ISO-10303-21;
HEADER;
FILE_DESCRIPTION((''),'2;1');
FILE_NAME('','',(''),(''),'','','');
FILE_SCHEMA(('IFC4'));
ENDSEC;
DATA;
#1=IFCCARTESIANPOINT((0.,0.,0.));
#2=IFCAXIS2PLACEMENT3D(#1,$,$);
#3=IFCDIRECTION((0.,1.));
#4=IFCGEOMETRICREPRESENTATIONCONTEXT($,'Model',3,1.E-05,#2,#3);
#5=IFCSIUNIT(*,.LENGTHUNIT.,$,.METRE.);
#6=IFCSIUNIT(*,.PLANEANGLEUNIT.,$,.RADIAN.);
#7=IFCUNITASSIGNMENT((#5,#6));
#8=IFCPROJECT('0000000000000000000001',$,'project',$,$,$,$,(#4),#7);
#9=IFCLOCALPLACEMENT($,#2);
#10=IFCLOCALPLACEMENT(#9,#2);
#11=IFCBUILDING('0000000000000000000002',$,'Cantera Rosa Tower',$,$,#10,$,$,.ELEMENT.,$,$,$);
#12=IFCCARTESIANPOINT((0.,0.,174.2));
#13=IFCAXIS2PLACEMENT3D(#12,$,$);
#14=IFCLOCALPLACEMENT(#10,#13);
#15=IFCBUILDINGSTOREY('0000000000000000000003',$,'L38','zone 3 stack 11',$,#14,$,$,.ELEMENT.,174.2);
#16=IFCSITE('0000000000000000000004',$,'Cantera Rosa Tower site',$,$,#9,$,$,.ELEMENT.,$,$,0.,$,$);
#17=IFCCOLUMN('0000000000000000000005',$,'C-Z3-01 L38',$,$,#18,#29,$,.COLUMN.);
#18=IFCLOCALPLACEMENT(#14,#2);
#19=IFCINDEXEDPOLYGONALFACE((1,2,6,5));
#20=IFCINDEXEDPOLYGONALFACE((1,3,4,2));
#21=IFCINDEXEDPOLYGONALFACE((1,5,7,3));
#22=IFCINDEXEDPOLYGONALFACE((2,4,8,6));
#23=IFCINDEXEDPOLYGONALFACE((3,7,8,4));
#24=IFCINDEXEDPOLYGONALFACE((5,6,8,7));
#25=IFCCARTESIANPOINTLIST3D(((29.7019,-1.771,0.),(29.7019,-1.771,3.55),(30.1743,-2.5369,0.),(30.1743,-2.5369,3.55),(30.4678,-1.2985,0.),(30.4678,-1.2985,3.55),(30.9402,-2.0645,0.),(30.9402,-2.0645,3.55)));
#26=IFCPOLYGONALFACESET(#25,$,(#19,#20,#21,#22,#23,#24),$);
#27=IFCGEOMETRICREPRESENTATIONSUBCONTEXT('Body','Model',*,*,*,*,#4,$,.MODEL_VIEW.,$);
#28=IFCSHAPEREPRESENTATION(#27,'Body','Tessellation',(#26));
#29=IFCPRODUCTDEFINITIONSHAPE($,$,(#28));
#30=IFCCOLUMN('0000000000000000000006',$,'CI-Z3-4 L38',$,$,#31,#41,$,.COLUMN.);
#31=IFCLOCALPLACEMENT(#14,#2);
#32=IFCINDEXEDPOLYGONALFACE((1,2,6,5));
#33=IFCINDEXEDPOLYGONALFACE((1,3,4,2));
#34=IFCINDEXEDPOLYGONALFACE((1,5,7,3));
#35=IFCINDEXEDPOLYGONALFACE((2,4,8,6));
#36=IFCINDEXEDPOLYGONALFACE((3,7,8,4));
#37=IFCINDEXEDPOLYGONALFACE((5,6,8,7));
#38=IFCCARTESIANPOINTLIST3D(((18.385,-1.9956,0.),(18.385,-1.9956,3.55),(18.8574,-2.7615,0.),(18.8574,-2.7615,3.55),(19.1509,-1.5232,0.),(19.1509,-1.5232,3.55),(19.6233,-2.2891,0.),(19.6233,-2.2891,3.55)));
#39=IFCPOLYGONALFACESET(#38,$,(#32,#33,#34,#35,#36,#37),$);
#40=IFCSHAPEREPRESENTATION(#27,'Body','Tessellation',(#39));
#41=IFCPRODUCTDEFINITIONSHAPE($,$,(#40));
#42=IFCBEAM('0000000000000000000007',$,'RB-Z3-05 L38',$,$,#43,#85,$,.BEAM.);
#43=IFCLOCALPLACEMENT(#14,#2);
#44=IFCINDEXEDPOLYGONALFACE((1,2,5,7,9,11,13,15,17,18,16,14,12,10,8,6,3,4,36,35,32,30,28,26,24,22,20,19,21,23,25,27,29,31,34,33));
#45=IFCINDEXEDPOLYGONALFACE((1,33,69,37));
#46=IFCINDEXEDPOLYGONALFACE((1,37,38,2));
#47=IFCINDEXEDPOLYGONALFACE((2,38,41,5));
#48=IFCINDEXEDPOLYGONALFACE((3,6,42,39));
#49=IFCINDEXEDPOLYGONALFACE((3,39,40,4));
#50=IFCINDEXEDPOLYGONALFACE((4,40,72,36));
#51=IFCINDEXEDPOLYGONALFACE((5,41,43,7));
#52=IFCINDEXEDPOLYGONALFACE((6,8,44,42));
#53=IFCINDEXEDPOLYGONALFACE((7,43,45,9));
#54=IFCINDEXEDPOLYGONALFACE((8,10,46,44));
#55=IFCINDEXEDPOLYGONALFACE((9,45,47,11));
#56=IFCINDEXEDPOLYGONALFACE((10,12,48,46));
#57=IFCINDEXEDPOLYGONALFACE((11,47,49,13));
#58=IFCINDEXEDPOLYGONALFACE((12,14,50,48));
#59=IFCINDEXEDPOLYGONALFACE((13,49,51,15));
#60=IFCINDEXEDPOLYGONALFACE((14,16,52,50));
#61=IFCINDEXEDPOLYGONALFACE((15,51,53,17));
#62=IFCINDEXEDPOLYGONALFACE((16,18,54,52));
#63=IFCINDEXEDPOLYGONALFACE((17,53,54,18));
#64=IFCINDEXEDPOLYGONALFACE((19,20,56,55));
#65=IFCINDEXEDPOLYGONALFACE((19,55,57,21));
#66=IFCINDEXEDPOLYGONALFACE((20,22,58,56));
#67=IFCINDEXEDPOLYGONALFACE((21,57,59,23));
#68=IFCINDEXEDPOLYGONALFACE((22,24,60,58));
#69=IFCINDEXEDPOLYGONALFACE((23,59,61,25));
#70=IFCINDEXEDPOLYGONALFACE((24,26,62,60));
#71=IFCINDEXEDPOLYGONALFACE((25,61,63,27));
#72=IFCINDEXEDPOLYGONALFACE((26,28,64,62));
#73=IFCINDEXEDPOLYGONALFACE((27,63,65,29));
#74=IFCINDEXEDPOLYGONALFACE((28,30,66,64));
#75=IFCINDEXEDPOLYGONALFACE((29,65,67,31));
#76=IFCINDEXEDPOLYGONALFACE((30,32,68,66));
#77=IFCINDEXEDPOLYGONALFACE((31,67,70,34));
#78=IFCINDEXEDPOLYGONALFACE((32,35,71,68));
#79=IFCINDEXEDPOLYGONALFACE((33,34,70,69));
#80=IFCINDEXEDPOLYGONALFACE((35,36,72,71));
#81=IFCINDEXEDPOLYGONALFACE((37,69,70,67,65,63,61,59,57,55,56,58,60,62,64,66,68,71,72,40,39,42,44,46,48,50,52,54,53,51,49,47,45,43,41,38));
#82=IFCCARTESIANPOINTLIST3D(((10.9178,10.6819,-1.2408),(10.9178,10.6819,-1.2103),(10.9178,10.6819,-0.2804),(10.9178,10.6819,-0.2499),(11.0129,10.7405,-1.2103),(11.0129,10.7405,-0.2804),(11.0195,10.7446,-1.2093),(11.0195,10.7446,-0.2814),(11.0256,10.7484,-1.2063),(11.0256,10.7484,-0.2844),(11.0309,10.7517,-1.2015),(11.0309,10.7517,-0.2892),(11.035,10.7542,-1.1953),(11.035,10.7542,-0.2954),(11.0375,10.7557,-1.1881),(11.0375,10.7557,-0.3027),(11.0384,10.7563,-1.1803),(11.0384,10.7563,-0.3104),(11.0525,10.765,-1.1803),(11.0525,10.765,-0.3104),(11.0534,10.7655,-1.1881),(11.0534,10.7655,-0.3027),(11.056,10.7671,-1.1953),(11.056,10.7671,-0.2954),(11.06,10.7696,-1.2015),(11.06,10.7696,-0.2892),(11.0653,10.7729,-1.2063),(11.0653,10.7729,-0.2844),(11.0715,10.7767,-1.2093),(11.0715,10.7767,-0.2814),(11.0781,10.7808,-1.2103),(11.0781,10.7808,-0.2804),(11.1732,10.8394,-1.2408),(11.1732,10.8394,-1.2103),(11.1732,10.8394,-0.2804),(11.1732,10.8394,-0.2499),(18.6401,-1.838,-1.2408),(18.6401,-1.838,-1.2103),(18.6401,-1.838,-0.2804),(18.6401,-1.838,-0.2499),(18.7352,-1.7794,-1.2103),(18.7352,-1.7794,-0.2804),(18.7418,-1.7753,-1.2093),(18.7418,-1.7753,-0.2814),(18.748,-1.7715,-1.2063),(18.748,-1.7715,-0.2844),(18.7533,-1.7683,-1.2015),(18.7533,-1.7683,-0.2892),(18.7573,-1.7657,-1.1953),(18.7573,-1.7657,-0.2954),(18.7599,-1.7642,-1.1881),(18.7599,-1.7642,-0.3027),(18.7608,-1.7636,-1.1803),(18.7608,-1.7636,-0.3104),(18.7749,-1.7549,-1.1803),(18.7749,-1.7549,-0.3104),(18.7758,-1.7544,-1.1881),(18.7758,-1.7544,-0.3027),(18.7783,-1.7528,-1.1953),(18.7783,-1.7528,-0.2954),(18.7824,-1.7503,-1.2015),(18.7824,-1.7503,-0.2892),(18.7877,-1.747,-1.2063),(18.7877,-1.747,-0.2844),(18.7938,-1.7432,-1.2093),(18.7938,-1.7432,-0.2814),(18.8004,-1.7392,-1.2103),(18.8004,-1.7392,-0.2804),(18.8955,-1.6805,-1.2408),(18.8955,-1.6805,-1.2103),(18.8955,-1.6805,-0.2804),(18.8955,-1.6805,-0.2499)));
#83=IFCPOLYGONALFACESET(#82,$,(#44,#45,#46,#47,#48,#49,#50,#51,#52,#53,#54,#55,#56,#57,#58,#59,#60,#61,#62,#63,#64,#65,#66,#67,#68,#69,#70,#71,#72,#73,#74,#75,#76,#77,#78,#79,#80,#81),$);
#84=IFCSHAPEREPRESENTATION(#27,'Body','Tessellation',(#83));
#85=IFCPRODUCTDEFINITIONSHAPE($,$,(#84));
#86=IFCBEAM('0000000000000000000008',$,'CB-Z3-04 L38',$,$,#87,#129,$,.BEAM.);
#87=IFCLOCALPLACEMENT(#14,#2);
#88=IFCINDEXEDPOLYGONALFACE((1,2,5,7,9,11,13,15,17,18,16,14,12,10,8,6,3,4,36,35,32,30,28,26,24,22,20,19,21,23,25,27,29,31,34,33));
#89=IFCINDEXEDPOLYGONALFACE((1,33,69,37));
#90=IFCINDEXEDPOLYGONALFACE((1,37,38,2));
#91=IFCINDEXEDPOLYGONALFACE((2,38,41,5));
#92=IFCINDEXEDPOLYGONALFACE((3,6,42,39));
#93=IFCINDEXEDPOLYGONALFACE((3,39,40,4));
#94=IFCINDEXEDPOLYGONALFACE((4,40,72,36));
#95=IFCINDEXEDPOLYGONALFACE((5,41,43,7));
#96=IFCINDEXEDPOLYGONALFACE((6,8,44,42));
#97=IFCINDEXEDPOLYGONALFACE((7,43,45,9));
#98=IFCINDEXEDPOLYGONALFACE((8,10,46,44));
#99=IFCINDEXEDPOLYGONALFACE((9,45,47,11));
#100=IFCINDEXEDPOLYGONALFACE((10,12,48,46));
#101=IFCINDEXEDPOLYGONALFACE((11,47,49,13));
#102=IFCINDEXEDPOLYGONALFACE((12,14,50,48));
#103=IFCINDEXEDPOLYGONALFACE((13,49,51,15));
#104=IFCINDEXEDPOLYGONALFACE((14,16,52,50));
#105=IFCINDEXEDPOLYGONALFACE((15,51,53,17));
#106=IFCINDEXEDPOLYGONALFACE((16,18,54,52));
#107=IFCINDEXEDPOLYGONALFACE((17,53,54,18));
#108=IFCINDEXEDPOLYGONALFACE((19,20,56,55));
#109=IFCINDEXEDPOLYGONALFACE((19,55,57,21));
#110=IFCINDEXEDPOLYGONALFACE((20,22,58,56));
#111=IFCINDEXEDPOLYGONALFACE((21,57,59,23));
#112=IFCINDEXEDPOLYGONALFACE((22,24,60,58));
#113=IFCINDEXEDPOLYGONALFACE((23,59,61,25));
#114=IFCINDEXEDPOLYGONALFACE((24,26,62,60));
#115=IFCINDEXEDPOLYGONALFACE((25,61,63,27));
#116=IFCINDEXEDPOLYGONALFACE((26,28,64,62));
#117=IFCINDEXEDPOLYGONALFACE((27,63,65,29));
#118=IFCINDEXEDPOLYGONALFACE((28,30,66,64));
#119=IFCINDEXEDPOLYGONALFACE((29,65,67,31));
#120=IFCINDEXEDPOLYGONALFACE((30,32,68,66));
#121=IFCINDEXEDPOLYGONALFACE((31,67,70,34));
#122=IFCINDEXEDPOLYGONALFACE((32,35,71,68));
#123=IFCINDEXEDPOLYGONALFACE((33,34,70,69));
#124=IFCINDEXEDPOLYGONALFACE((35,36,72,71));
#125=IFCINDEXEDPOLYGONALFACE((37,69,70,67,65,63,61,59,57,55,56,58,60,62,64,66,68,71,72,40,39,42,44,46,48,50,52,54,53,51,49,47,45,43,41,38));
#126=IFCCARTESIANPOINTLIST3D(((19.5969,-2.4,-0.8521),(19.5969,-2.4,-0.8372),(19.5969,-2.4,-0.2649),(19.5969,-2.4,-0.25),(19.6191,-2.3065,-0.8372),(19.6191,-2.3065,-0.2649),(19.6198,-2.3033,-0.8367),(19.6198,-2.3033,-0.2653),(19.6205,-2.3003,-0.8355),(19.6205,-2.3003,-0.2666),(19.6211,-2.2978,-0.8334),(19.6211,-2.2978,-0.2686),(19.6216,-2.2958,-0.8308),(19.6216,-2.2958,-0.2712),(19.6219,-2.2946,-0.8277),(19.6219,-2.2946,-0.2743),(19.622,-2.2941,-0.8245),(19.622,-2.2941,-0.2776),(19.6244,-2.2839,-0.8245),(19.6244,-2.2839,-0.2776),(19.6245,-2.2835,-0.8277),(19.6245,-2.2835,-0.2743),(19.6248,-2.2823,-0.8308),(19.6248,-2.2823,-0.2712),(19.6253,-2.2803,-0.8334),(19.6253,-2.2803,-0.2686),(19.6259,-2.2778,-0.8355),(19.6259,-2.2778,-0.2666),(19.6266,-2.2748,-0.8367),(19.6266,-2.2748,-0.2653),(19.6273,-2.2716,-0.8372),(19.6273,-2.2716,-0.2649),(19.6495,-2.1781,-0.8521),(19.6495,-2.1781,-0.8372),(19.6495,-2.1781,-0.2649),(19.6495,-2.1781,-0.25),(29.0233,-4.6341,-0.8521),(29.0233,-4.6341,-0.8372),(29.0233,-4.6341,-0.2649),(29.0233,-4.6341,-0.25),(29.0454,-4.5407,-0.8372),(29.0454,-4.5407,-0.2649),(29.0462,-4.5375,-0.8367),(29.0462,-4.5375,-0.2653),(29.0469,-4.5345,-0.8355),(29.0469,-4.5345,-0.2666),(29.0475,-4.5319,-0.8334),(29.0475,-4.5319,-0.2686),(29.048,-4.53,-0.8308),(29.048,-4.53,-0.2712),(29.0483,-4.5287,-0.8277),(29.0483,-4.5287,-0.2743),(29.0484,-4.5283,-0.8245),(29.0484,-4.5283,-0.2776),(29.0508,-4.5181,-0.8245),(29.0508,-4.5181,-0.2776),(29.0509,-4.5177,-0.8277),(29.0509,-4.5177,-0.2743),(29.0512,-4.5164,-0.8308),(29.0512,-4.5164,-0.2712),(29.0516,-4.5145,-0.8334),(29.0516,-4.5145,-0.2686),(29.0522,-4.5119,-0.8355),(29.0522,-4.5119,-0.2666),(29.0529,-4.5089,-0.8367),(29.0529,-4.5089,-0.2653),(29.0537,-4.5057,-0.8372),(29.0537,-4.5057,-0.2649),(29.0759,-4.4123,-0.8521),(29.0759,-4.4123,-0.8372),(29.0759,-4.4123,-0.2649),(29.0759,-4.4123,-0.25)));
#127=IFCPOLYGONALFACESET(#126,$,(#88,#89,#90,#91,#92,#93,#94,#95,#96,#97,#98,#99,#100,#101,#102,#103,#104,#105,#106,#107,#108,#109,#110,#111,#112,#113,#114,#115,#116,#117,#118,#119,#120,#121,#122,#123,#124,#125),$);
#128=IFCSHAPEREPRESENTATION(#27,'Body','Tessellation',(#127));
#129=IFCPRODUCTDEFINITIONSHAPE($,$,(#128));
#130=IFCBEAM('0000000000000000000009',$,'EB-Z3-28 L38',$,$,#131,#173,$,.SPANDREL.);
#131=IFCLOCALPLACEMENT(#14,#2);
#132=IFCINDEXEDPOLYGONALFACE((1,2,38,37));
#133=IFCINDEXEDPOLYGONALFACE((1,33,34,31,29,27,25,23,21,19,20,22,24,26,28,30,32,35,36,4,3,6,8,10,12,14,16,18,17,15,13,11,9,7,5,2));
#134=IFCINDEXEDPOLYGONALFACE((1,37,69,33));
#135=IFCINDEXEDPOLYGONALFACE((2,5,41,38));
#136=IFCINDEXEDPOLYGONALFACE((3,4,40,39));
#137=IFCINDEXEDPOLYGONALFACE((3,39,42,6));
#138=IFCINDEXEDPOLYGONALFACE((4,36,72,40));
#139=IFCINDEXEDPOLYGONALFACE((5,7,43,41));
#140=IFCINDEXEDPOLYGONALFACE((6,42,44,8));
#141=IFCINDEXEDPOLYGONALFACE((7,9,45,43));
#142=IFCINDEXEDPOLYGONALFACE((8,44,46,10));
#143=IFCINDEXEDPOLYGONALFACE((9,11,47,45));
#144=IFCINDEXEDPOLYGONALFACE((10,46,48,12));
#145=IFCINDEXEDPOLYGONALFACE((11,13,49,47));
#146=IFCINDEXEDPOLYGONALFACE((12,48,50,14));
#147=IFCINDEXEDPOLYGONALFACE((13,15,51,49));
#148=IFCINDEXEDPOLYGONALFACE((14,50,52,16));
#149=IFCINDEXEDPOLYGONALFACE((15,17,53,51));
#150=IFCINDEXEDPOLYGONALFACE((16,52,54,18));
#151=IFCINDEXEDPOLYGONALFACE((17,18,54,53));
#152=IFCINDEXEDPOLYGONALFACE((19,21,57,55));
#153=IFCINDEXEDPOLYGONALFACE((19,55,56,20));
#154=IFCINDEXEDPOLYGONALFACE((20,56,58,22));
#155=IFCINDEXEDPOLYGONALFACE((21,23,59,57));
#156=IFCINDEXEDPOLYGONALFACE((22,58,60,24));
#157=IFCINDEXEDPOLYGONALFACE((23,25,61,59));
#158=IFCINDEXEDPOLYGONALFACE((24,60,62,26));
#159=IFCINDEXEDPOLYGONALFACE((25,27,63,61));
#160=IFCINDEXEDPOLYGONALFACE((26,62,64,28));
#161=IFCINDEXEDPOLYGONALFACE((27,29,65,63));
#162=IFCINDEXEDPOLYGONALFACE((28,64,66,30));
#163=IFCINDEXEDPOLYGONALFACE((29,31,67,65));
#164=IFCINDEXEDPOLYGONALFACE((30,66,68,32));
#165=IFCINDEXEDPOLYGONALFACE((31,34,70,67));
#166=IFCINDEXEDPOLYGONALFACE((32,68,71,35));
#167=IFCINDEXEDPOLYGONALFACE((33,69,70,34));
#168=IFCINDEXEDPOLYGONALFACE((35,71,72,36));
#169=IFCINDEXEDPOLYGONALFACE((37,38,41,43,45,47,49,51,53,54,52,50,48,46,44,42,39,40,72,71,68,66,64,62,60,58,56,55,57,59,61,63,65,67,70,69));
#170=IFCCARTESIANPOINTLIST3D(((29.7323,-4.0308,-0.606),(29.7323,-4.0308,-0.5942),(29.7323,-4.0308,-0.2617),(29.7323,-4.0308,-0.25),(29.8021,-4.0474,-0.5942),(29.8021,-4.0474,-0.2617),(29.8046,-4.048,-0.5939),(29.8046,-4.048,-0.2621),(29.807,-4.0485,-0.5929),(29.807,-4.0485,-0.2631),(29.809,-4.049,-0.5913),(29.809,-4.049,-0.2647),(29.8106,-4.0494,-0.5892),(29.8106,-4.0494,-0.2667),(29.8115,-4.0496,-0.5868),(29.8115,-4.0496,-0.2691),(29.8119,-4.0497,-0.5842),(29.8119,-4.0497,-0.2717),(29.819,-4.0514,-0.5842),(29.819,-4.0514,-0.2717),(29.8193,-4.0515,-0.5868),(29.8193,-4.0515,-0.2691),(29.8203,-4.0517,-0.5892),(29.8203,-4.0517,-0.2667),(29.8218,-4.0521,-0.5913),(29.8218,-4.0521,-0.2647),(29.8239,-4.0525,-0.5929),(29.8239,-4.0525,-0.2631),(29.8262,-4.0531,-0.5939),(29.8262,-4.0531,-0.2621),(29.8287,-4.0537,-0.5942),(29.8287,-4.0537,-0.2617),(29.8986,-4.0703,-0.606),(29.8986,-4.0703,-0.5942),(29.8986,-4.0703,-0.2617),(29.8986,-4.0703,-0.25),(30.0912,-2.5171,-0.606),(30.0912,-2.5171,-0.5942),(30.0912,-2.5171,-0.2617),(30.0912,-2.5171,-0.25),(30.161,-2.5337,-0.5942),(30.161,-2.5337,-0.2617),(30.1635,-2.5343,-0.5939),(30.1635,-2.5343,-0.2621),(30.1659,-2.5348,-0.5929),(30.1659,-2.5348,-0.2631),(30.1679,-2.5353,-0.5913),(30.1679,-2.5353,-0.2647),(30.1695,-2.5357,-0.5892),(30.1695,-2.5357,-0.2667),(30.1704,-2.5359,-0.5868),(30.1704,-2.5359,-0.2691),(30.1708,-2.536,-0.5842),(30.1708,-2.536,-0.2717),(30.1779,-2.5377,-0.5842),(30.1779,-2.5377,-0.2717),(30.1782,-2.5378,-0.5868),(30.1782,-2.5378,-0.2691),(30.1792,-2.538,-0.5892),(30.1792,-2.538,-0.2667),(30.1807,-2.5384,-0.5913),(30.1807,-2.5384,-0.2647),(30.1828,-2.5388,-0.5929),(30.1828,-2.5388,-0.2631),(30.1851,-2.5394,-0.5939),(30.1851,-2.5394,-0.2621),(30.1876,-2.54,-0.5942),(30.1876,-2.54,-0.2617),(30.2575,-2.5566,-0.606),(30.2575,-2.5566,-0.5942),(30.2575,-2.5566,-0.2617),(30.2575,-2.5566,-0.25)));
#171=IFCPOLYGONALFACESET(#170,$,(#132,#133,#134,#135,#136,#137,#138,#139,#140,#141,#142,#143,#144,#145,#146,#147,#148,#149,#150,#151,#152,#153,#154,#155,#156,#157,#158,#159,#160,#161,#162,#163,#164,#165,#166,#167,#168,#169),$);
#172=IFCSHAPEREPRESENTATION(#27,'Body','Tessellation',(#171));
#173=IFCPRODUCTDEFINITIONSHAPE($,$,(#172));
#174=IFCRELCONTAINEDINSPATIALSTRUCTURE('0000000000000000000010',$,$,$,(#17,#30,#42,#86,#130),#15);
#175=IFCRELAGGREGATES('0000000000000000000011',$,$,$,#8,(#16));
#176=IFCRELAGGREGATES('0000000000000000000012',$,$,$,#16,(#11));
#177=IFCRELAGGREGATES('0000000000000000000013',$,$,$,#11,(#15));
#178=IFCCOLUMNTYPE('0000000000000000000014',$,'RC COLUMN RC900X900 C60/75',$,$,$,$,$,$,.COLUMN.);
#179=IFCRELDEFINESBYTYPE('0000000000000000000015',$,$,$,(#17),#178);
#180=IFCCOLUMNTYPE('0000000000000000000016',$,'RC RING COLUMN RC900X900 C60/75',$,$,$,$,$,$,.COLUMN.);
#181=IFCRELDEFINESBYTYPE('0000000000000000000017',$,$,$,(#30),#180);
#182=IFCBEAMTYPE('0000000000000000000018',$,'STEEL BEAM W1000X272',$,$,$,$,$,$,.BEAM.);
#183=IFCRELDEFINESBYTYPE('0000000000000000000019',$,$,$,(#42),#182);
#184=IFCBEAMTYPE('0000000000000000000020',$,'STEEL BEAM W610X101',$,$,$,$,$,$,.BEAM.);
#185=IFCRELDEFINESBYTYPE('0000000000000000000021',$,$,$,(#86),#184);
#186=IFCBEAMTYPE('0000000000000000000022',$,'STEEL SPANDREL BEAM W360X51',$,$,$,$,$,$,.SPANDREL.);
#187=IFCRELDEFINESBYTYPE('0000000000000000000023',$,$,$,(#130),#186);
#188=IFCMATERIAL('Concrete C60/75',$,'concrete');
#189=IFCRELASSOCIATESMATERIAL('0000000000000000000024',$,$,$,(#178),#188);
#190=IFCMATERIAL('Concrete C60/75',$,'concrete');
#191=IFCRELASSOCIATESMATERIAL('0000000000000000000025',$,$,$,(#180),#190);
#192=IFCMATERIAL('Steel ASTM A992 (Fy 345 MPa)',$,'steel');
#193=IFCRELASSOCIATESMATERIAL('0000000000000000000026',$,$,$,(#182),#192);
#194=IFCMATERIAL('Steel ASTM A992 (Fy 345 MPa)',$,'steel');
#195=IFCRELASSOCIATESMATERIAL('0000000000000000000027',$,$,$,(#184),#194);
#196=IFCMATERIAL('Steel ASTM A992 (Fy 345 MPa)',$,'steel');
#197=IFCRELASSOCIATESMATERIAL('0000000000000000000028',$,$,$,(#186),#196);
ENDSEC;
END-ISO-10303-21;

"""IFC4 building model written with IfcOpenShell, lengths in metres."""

from ifc_helpers import new_model, si_unit, direction, frame, origin, origin_2d, place, context, subcontext, project, spatial, rectangle, i_section, extrude, material, material_profile, profile_set, type_object, element, save


model = new_model("IFC4")

# Units and contexts
model_context = context("Model", 3, precision=1e-05, world=origin(), true_north=direction((0.0, 1.0)))
body_context = subcontext(model_context, "Body", "Model", "MODEL_VIEW")
ifc_project = project(units=[si_unit("LENGTHUNIT", "METRE"), si_unit("PLANEANGLEUNIT", "RADIAN")], contexts=[model_context])

# Site, building, storey
site_placement = place(None, origin())
site = spatial("IfcSite", under=ifc_project, at=site_placement, Name="Cantera Rosa Tower site", CompositionType="ELEMENT", RefElevation=0.0)
building_placement = place(site_placement, origin())
building = spatial("IfcBuilding", under=site, at=building_placement, Name="Cantera Rosa Tower", CompositionType="ELEMENT")
storey_placement = place(building_placement, frame((0.0, 0.0, 174.2)))
storey = spatial("IfcBuildingStorey", under=building, at=storey_placement, Name="L38", Description="zone 3 stack 11", CompositionType="ELEMENT", Elevation=174.2)

# Columns
ifc_material_1 = material(Name="Concrete C60/75", Category="concrete")
ifc_material_profile_1 = material_profile(ifc_material_1, rectangle(XDim=0.8999, YDim=0.8999, at=origin_2d()), Name="RC COLUMN RC900X900 C60/75")
ifc_profile_set_1 = profile_set([ifc_material_profile_1], Name="Concrete C60/75")
column_type_1 = type_object("IfcColumnType", Name="RC COLUMN RC900X900 C60/75", PredefinedType="COLUMN", material=ifc_profile_set_1)
column_1_placement = place(storey_placement, frame((30.321, -1.9177, 0.0), z_axis=(0.0, 0.0, 1.0), x_axis=(0.851117, 0.524977, 0.0)))
element("IfcColumn", 1, at=column_1_placement, inside=storey, type_object=column_type_1, Name="C-Z3-01 L38", PredefinedType="COLUMN", context=body_context, shape_type="SweptSolid", body=[
    extrude(rectangle(XDim=0.8999, YDim=0.8999, at=origin_2d()), origin(), (0.0, 0.0, 1.0), 3.55),
])
ifc_material_2 = material(Name="Concrete C60/75", Category="concrete")
ifc_material_profile_2 = material_profile(ifc_material_2, rectangle(XDim=0.8999, YDim=0.8999, at=origin_2d()), Name="RC RING COLUMN RC900X900 C60/75")
ifc_profile_set_2 = profile_set([ifc_material_profile_2], Name="Concrete C60/75")
column_type_2 = type_object("IfcColumnType", Name="RC RING COLUMN RC900X900 C60/75", PredefinedType="COLUMN", material=ifc_profile_set_2)
column_2_placement = place(storey_placement, frame((19.0042, -2.1423, 0.0), z_axis=(0.0, 0.0, 1.0), x_axis=(0.851117, 0.524977, 0.0)))
element("IfcColumn", 2, at=column_2_placement, inside=storey, type_object=column_type_2, Name="CI-Z3-4 L38", PredefinedType="COLUMN", context=body_context, shape_type="SweptSolid", body=[
    extrude(rectangle(XDim=0.8999, YDim=0.8999, at=origin_2d()), origin(), (0.0, 0.0, 1.0), 3.55),
])

# Beams
ifc_material_3 = material(Name="Steel ASTM A992 (Fy 345 MPa)", Category="steel")
ifc_material_profile_3 = material_profile(ifc_material_3, i_section(OverallWidth=0.3, OverallDepth=0.991, WebThickness=0.0166, FlangeThickness=0.0305, FilletRadius=0.03, at=origin_2d()), Name="W1000X272")
ifc_profile_set_3 = profile_set([ifc_material_profile_3], Name="Steel ASTM A992 (Fy 345 MPa)")
beam_type_1 = type_object("IfcBeamType", Name="STEEL BEAM W1000X272", PredefinedType="BEAM", material=ifc_profile_set_3)
beam_1_placement = place(storey_placement, frame((18.7678, -1.7593, -0.7454), z_axis=(-0.524974, 0.851118, 0.0), x_axis=(-0.851118, -0.524974, 0.0)))
element("IfcBeam", 3, at=beam_1_placement, inside=storey, type_object=beam_type_1, Name="RB-Z3-05 L38", PredefinedType="BEAM", context=body_context, shape_type="SweptSolid", body=[
    extrude(i_section(OverallWidth=0.3, OverallDepth=0.991, WebThickness=0.0166, FlangeThickness=0.0305, FilletRadius=0.03, at=origin_2d()), origin(), (0.0, 0.0, 1.0), 14.71),
])
ifc_material_4 = material(Name="Steel ASTM A992 (Fy 345 MPa)", Category="steel")
ifc_material_profile_4 = material_profile(ifc_material_4, i_section(OverallWidth=0.228, OverallDepth=0.6021, WebThickness=0.0105, FlangeThickness=0.0149, FilletRadius=0.0127, at=origin_2d()), Name="W610X101")
ifc_profile_set_4 = profile_set([ifc_material_profile_4], Name="Steel ASTM A992 (Fy 345 MPa)")
beam_type_2 = type_object("IfcBeamType", Name="STEEL BEAM W610X101", PredefinedType="BEAM", material=ifc_profile_set_4)
beam_2_placement = place(storey_placement, frame((29.0496, -4.5232, -0.551), z_axis=(-0.973043, 0.230622, 0.0), x_axis=(-0.230622, -0.973043, 0.0)))
element("IfcBeam", 4, at=beam_2_placement, inside=storey, type_object=beam_type_2, Name="CB-Z3-04 L38", PredefinedType="BEAM", context=body_context, shape_type="SweptSolid", body=[
    extrude(i_section(OverallWidth=0.228, OverallDepth=0.6021, WebThickness=0.0105, FlangeThickness=0.0149, FilletRadius=0.0127, at=origin_2d()), origin(), (0.0, 0.0, 1.0), 9.6875),
])
ifc_material_5 = material(Name="Steel ASTM A992 (Fy 345 MPa)", Category="steel")
ifc_material_profile_5 = material_profile(ifc_material_5, i_section(OverallWidth=0.1709, OverallDepth=0.356, WebThickness=0.0073, FlangeThickness=0.0117, FilletRadius=0.01, at=origin_2d()), Name="W360X51")
ifc_profile_set_5 = profile_set([ifc_material_profile_5], Name="Steel ASTM A992 (Fy 345 MPa)")
beam_type_3 = type_object("IfcBeamType", Name="STEEL SPANDREL BEAM W360X51", PredefinedType="SPANDREL", material=ifc_profile_set_5)
beam_3_placement = place(storey_placement, frame((29.8154, -4.0505, -0.428), z_axis=(0.230701, 0.973025, 0.0), x_axis=(-0.973025, 0.230701, 0.0)))
element("IfcBeam", 5, at=beam_3_placement, inside=storey, type_object=beam_type_3, Name="EB-Z3-28 L38", PredefinedType="SPANDREL", context=body_context, shape_type="SweptSolid", body=[
    extrude(i_section(OverallWidth=0.1709, OverallDepth=0.356, WebThickness=0.0073, FlangeThickness=0.0117, FilletRadius=0.01, at=origin_2d()), origin(), (0.0, 0.0, 1.0), 1.5557),
])

save(model, "model.ifc")
